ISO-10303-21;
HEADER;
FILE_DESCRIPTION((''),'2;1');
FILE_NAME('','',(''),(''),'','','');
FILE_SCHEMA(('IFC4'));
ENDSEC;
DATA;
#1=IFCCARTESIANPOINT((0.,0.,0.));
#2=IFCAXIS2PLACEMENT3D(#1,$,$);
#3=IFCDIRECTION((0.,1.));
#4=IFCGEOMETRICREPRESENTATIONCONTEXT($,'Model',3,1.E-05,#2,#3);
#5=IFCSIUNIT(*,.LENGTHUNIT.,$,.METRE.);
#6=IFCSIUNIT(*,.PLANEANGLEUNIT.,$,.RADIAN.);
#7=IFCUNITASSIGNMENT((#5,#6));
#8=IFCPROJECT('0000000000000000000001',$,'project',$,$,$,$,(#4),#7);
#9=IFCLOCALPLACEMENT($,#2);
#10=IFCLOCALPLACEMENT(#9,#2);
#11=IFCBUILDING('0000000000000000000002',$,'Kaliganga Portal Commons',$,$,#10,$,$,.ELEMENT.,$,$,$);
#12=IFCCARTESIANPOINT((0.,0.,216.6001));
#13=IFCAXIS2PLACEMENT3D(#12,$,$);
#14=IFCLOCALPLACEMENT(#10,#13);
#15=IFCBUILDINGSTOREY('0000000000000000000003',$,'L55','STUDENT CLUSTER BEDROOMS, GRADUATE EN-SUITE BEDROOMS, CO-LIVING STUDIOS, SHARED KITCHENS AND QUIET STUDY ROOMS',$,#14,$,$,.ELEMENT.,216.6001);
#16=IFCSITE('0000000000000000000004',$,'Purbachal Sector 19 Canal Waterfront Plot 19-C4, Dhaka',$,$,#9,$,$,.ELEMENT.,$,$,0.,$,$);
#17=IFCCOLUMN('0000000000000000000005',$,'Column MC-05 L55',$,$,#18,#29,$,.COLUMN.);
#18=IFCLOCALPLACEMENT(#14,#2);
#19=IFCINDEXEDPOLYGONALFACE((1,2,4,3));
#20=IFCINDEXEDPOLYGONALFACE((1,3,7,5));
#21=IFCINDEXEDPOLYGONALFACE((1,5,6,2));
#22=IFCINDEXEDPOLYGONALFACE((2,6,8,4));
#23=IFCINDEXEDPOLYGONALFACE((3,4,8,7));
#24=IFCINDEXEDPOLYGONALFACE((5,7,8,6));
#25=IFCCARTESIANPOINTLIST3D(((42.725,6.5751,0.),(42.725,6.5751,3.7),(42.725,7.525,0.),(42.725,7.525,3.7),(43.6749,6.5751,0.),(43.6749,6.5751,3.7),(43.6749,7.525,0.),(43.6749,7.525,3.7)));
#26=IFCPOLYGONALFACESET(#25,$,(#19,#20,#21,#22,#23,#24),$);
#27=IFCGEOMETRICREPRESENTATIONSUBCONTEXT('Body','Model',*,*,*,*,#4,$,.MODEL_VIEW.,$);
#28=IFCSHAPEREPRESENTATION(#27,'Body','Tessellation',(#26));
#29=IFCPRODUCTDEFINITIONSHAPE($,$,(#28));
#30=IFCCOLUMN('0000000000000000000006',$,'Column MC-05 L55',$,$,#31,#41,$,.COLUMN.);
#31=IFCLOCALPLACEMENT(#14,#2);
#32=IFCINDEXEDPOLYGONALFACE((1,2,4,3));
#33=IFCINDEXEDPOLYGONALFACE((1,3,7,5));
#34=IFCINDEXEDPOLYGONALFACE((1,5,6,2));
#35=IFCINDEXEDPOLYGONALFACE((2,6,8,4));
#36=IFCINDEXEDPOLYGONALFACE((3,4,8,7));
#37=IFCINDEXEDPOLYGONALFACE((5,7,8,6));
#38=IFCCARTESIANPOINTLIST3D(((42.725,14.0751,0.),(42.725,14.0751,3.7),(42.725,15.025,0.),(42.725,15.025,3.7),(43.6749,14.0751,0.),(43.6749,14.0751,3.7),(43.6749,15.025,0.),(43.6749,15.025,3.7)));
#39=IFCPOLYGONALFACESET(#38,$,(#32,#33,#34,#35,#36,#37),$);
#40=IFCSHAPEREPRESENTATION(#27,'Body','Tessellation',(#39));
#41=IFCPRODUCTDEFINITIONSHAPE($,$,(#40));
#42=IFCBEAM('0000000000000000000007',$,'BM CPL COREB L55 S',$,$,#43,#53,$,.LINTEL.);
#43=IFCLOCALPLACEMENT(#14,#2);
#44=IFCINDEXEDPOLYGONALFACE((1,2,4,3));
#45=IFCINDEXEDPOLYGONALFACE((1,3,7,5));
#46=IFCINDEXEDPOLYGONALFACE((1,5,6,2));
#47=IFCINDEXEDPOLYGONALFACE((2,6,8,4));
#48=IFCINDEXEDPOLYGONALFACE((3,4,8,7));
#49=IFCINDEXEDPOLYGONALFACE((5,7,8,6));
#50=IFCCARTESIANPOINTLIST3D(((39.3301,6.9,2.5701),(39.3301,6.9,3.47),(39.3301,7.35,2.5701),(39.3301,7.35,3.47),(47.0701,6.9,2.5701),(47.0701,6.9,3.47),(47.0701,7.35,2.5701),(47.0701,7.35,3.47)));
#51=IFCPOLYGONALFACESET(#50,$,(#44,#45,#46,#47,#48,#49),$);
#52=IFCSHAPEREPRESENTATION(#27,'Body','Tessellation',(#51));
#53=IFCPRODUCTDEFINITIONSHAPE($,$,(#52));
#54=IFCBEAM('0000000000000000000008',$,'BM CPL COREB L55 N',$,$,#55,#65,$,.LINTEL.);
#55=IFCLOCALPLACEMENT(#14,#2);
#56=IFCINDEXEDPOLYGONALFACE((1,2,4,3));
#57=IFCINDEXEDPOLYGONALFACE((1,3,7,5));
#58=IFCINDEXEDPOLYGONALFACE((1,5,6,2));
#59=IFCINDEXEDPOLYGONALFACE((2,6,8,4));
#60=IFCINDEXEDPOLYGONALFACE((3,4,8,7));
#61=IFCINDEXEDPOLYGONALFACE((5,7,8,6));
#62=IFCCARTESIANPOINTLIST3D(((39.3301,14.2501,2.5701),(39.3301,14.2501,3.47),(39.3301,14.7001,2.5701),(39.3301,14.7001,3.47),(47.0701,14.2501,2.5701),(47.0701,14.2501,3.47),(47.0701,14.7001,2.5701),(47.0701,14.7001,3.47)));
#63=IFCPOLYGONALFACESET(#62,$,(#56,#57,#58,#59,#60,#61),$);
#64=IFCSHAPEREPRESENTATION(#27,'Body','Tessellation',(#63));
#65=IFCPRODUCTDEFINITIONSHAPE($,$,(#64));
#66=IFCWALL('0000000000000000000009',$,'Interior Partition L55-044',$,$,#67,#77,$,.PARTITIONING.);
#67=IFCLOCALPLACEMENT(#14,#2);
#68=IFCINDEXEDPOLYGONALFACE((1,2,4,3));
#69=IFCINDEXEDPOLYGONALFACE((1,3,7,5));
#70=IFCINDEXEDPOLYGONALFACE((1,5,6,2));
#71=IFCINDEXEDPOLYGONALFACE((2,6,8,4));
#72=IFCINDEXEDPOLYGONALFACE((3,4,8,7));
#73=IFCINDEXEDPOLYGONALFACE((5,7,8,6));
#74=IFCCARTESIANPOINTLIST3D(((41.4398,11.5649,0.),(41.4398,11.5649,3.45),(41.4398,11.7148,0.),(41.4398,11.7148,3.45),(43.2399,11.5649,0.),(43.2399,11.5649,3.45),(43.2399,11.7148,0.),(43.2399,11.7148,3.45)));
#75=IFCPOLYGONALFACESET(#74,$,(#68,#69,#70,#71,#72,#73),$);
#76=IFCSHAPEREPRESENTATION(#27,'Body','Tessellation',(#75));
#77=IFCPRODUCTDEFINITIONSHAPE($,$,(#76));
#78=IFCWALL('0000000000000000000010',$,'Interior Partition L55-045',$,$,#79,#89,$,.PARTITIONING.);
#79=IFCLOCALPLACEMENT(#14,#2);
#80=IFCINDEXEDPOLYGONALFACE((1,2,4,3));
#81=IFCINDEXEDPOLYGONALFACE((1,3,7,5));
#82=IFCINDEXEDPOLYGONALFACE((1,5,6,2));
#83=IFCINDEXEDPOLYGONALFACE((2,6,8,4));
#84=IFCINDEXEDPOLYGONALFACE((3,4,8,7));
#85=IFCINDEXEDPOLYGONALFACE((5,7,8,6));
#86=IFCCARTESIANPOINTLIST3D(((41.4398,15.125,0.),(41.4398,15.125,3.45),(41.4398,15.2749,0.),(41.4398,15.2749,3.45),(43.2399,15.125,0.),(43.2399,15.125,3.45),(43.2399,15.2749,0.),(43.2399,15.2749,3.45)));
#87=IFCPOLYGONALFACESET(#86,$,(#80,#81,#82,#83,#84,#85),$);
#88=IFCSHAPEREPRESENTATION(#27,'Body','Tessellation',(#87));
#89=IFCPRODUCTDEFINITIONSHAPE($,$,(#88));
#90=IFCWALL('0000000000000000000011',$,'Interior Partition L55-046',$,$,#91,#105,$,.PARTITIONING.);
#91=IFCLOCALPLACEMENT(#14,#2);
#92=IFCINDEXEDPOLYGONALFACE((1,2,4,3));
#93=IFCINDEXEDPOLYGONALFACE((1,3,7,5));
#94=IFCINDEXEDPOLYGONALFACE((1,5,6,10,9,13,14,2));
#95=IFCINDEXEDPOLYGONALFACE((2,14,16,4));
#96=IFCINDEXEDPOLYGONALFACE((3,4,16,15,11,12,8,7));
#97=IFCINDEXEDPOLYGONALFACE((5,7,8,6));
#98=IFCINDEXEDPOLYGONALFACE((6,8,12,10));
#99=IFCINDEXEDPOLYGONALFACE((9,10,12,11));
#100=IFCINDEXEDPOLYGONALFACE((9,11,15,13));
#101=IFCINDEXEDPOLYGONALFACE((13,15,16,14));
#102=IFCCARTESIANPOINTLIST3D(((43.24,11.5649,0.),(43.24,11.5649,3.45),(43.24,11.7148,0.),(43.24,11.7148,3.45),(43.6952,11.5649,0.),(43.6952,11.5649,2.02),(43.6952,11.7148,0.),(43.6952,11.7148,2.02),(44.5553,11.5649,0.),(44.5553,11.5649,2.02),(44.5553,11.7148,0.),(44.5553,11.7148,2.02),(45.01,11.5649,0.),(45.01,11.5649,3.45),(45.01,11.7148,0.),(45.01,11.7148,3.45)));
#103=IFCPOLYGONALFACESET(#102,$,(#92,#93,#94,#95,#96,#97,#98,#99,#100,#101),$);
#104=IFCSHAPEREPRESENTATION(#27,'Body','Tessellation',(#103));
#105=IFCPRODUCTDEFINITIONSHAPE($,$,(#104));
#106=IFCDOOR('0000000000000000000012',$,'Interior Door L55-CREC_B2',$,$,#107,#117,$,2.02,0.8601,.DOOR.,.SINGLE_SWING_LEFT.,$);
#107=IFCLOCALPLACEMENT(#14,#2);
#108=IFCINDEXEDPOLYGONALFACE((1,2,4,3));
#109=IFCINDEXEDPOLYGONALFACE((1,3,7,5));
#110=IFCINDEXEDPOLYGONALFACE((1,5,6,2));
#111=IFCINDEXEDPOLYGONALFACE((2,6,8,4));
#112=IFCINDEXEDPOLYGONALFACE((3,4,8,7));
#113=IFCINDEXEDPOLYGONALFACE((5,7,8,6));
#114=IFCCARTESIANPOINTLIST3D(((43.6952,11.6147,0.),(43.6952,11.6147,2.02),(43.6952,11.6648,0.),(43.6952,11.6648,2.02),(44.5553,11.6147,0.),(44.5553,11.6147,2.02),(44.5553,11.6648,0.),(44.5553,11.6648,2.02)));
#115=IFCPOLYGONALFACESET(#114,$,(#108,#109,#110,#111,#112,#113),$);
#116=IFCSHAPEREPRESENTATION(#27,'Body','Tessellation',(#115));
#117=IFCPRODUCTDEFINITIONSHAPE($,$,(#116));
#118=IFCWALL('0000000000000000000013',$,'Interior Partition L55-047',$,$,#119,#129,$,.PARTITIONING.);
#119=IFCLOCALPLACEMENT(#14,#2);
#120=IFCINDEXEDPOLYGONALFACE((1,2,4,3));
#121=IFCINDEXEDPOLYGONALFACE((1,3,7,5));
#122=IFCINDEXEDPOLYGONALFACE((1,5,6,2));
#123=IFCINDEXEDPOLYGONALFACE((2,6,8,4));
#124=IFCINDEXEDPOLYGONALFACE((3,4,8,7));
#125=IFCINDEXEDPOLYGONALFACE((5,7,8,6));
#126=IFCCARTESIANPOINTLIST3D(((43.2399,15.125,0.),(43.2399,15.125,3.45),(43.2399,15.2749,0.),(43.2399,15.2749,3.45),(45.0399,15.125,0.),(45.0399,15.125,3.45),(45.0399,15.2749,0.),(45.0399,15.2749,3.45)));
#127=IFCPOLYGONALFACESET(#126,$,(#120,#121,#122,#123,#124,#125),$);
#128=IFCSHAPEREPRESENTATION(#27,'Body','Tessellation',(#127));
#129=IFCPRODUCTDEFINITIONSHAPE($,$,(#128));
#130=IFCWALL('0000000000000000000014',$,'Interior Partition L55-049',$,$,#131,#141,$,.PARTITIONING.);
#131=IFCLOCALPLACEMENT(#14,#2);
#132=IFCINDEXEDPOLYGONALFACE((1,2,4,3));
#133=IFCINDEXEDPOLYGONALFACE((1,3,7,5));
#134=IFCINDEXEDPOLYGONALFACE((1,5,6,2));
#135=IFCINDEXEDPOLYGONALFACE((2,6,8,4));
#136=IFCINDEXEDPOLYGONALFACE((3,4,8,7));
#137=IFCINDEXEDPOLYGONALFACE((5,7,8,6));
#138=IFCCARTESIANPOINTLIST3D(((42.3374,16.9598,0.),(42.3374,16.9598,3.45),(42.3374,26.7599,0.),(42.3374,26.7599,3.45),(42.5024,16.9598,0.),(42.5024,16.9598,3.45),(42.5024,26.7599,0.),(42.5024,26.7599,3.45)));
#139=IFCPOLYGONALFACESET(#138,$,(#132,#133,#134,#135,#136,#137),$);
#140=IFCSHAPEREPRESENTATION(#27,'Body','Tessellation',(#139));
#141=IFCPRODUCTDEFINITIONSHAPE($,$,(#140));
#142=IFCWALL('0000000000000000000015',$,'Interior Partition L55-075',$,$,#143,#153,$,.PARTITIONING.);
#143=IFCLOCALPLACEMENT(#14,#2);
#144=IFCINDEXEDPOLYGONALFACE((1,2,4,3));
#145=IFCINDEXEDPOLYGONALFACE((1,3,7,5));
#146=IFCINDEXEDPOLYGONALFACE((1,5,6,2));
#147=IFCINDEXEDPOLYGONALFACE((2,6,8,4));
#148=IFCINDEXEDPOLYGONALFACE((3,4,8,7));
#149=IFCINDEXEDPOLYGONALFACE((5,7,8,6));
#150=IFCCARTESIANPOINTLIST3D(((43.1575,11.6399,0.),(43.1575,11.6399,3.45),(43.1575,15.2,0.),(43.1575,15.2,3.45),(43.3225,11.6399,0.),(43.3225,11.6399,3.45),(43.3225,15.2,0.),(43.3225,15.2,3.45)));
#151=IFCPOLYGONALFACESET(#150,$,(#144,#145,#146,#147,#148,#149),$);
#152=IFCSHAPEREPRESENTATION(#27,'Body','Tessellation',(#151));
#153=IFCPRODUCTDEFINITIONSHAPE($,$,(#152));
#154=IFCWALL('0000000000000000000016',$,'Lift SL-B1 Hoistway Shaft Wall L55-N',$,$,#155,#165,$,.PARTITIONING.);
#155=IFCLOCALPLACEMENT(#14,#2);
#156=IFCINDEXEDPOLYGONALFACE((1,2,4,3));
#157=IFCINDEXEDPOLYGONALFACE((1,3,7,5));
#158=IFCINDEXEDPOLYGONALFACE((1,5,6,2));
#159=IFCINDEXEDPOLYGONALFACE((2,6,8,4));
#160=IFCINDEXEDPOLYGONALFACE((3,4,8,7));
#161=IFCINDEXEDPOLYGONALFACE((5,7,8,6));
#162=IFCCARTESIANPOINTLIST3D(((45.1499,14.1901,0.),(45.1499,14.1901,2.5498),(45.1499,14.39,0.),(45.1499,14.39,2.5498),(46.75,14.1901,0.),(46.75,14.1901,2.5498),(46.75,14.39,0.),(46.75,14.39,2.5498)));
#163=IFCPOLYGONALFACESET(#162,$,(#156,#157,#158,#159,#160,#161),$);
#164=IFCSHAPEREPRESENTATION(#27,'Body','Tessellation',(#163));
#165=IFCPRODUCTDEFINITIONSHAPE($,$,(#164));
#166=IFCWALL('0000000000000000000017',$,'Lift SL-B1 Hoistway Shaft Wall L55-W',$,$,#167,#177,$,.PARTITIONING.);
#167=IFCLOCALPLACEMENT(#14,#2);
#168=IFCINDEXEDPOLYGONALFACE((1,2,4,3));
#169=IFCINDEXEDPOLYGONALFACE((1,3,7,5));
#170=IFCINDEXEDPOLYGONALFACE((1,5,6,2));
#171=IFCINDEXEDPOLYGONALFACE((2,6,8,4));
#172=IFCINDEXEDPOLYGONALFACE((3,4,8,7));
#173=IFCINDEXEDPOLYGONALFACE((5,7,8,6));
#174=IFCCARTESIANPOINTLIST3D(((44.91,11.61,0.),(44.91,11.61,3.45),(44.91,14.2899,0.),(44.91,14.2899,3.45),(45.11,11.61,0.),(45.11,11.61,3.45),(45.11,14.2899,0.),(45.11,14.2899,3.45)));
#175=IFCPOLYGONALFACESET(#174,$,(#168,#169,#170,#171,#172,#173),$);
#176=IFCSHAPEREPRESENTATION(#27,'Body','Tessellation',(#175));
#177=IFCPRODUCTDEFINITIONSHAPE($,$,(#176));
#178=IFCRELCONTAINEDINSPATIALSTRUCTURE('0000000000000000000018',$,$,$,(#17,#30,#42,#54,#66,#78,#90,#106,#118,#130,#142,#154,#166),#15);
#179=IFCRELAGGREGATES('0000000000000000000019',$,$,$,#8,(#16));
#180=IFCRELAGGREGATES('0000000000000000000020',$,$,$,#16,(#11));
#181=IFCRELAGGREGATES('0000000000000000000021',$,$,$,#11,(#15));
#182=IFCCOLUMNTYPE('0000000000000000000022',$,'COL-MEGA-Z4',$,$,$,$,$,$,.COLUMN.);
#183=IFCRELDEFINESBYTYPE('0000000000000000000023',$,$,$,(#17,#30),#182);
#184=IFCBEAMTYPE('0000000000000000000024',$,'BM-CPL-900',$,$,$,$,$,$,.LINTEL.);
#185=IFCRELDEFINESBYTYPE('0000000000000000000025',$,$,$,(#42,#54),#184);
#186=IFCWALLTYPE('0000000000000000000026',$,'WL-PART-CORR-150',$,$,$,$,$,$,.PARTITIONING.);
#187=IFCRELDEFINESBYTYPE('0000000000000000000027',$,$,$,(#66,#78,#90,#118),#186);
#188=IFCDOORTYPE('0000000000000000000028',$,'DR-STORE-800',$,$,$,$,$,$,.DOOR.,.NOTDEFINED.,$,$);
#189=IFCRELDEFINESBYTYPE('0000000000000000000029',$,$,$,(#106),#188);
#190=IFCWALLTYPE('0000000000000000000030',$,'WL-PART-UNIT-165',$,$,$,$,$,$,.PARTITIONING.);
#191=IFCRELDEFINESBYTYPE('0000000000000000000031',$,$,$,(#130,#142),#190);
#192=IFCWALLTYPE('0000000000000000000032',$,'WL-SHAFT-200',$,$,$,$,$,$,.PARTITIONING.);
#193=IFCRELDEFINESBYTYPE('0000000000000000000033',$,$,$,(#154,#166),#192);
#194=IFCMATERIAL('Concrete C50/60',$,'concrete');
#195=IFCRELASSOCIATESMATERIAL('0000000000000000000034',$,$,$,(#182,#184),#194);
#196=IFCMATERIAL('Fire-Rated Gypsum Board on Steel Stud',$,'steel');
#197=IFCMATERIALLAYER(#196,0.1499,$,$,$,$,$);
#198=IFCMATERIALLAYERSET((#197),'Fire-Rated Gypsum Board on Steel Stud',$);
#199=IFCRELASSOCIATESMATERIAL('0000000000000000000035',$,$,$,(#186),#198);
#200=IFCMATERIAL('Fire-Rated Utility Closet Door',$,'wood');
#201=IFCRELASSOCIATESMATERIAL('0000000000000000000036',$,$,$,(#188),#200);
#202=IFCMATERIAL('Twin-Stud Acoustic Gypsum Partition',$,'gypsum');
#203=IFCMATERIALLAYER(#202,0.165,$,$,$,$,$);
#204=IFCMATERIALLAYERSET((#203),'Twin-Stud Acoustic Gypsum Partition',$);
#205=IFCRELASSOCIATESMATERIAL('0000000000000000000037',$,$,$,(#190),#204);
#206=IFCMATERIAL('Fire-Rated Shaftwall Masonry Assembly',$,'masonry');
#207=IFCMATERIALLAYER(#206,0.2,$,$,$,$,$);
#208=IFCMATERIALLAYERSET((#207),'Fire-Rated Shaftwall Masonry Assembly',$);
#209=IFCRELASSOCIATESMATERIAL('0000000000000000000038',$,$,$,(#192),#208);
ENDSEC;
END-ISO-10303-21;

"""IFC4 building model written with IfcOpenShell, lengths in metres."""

from ifc_helpers import new_model, si_unit, direction, frame, frame_2d, origin, origin_2d, place, context, subcontext, project, spatial, rectangle, extrude, source, transform, mapped, material, layer, layer_set, material_profile, profile_set, type_object, element, fill, save


model = new_model("IFC4")

# Units and contexts
model_context = context("Model", 3, precision=1e-05, world=origin(), true_north=direction((0.0, 1.0)))
body_context = subcontext(model_context, "Body", "Model", "MODEL_VIEW")
ifc_project = project(units=[si_unit("LENGTHUNIT", "METRE"), si_unit("PLANEANGLEUNIT", "RADIAN")], contexts=[model_context])

# Site, building, storey
site_placement = place(None, origin())
site = spatial("IfcSite", under=ifc_project, at=site_placement, Name="Purbachal Sector 19 Canal Waterfront Plot 19-C4, Dhaka", CompositionType="ELEMENT", RefElevation=0.0)
building_placement = place(site_placement, origin())
building = spatial("IfcBuilding", under=site, at=building_placement, Name="Kaliganga Portal Commons", CompositionType="ELEMENT")
storey_placement = place(building_placement, frame((0.0, 0.0, 216.6001)))
storey = spatial("IfcBuildingStorey", under=building, at=storey_placement, Name="L55", Description="STUDENT CLUSTER BEDROOMS, GRADUATE EN-SUITE BEDROOMS, CO-LIVING STUDIOS, SHARED KITCHENS AND QUIET STUDY ROOMS", CompositionType="ELEMENT", Elevation=216.6001)

# Columns
ifc_material_1 = material(Name="Concrete C50/60", Category="concrete")
ifc_material_profile_1 = material_profile(ifc_material_1, rectangle(XDim=0.95, YDim=0.95, at=origin_2d()), Name="RC 950x950")
ifc_profile_set_1 = profile_set([ifc_material_profile_1], Name="Concrete C50/60")
column_type = type_object("IfcColumnType", Name="COL-MEGA-Z4", PredefinedType="COLUMN", material=ifc_profile_set_1)
shared_shape_1 = source(origin(), body_context, "Body", "SweptSolid", [
    extrude(rectangle(XDim=0.95, YDim=0.95, at=origin_2d()), origin(), (0.0, 0.0, 1.0), 3.7),
])
for number, where, z_axis, x_axis, name in (
    (1, (43.2, 7.05, 0.0), (0.0, 0.0, 1.0), (1.0, 0.0, 0.0), "Column MC-05 L55"),
    (2, (43.2, 14.55, 0.0), (0.0, 0.0, 1.0), (1.0, 0.0, 0.0), "Column MC-05 L55"),
):
    element("IfcColumn", number, at=place(storey_placement, frame(where, z_axis=z_axis, x_axis=x_axis)), inside=storey, type_object=column_type, Name=name, PredefinedType="COLUMN", context=body_context, shape_type="MappedRepresentation", body=[
        mapped(shared_shape_1, transform((0.0, 0.0, 0.0), x_axis=(1.0, 0.0, 0.0), y_axis=(0.0, 1.0, 0.0), z_axis=(0.0, 0.0, 1.0), scale=1.0)),
    ])

# Beams
ifc_material_profile_2 = material_profile(ifc_material_1, rectangle(XDim=0.45, YDim=0.8999, at=origin_2d()), Name="RC 450x900")
ifc_profile_set_2 = profile_set([ifc_material_profile_2], Name="Concrete C50/60")
beam_type = type_object("IfcBeamType", Name="BM-CPL-900", PredefinedType="LINTEL", material=ifc_profile_set_2)
shared_shape_2 = source(origin(), body_context, "Body", "SweptSolid", [
    extrude(rectangle(XDim=0.45, YDim=0.8999, at=origin_2d()), origin(), (0.0, 0.0, 1.0), 7.74),
])
for number, where, z_axis, x_axis, name in (
    (3, (39.3301, 7.125, 3.02), (1.0, 0.0, 0.0), (0.0, 1.0, 0.0), "BM CPL COREB L55 S"),
    (4, (39.3301, 14.4751, 3.02), (1.0, 0.0, 0.0), (0.0, 1.0, 0.0), "BM CPL COREB L55 N"),
):
    element("IfcBeam", number, at=place(storey_placement, frame(where, z_axis=z_axis, x_axis=x_axis)), inside=storey, type_object=beam_type, Name=name, PredefinedType="LINTEL", context=body_context, shape_type="MappedRepresentation", body=[
        mapped(shared_shape_2, transform((0.0, 0.0, 0.0), x_axis=(1.0, 0.0, 0.0), y_axis=(0.0, 1.0, 0.0), z_axis=(0.0, 0.0, 1.0), scale=1.0)),
    ])

# Shared definitions
ifc_material_2 = material(Name="Fire-Rated Gypsum Board on Steel Stud", Category="steel")
ifc_layer_1 = layer(ifc_material_2, 0.1499)
ifc_layer_set_1 = layer_set([ifc_layer_1], Name="Fire-Rated Gypsum Board on Steel Stud")
wall_type_1 = type_object("IfcWallType", Name="WL-PART-CORR-150", PredefinedType="PARTITIONING", material=ifc_layer_set_1)

# Walls
for number, where, z_axis, x_axis, name in (
    (5, (41.4399, 11.6399, 0.0), (0.0, 0.0, 1.0), (1.0, 0.0, 0.0), "Interior Partition L55-044"),
    (6, (41.4399, 15.2, 0.0), (0.0, 0.0, 1.0), (1.0, 0.0, 0.0), "Interior Partition L55-045"),
):
    element("IfcWall", number, at=place(storey_placement, frame(where, z_axis=z_axis, x_axis=x_axis)), inside=storey, type_object=wall_type_1, Name=name, PredefinedType="PARTITIONING", context=body_context, shape_type="SweptSolid", body=[
        extrude(rectangle(XDim=1.8, YDim=0.1499, at=frame_2d((0.8999, 0.0))), origin(), (0.0, 0.0, 1.0), 3.45),
    ])

# Wall, opening, door
wall_1_placement = place(storey_placement, frame((43.24, 11.6399, 0.0), z_axis=(0.0, 0.0, 1.0), x_axis=(1.0, 0.0, 0.0)))
wall_1 = element("IfcWall", 7, at=wall_1_placement, inside=storey, type_object=wall_type_1, Name="Interior Partition L55-046", PredefinedType="PARTITIONING", context=body_context, shape_type="SweptSolid", body=[
    extrude(rectangle(XDim=1.77, YDim=0.1499, at=frame_2d((0.885, 0.0))), origin(), (0.0, 0.0, 1.0), 3.45),
])
opening_1_placement = place(wall_1_placement, frame((0.4551, 0.0, 0.0)))
opening_1 = element("IfcOpeningElement", 8, at=opening_1_placement, cuts=wall_1, PredefinedType="OPENING", context=body_context, shape_type="SweptSolid", body=[
    extrude(rectangle(XDim=0.8601, YDim=2.02, at=frame_2d((0.4302, 1.01))), frame((0.0, 0.085, 0.0), z_axis=(0.0, -1.0, 0.0), x_axis=(1.0, 0.0, 0.0)), (0.0, 0.0, 1.0), 0.1699),
])
ifc_material_3 = material(Name="Fire-Rated Utility Closet Door", Category="wood")
door_type_1 = type_object("IfcDoorType", Name="DR-STORE-800", OperationType="NOTDEFINED", PredefinedType="DOOR", material=ifc_material_3)
door_1_placement = place(opening_1_placement, origin())
door_1 = element("IfcDoor", 9, at=door_1_placement, inside=storey, type_object=door_type_1, Name="Interior Door L55-CREC_B2", OperationType="SINGLE_SWING_LEFT", OverallHeight=2.02, OverallWidth=0.8601, PredefinedType="DOOR", context=body_context, shape_type="SweptSolid", body=[
    extrude(rectangle(XDim=0.8601, YDim=2.02, at=frame_2d((0.4302, 1.01))), frame((0.0, 0.0249, 0.0), z_axis=(0.0, -1.0, 0.0), x_axis=(1.0, 0.0, 0.0)), (0.0, 0.0, 1.0), 0.05),
])
fill(opening_1, door_1)

# Walls
wall_2_placement = place(storey_placement, frame((43.24, 15.2, 0.0), z_axis=(0.0, 0.0, 1.0), x_axis=(1.0, 0.0, 0.0)))
element("IfcWall", 10, at=wall_2_placement, inside=storey, type_object=wall_type_1, Name="Interior Partition L55-047", PredefinedType="PARTITIONING", context=body_context, shape_type="SweptSolid", body=[
    extrude(rectangle(XDim=1.8, YDim=0.1499, at=frame_2d((0.8999, 0.0))), origin(), (0.0, 0.0, 1.0), 3.45),
])
ifc_material_4 = material(Name="Twin-Stud Acoustic Gypsum Partition", Category="gypsum")
ifc_layer_2 = layer(ifc_material_4, 0.165)
ifc_layer_set_2 = layer_set([ifc_layer_2], Name="Twin-Stud Acoustic Gypsum Partition")
wall_type_2 = type_object("IfcWallType", Name="WL-PART-UNIT-165", PredefinedType="PARTITIONING", material=ifc_layer_set_2)
wall_3_placement = place(storey_placement, frame((42.4199, 16.96, 0.0), z_axis=(0.0, 0.0, 1.0), x_axis=(0.0, 1.0, 0.0)))
element("IfcWall", 11, at=wall_3_placement, inside=storey, type_object=wall_type_2, Name="Interior Partition L55-049", PredefinedType="PARTITIONING", context=body_context, shape_type="SweptSolid", body=[
    extrude(rectangle(XDim=9.8, YDim=0.165, at=frame_2d((4.8999, 0.0))), origin(), (0.0, 0.0, 1.0), 3.45),
])
wall_4_placement = place(storey_placement, frame((43.24, 11.6399, 0.0), z_axis=(0.0, 0.0, 1.0), x_axis=(0.0, 1.0, 0.0)))
element("IfcWall", 12, at=wall_4_placement, inside=storey, type_object=wall_type_2, Name="Interior Partition L55-075", PredefinedType="PARTITIONING", context=body_context, shape_type="SweptSolid", body=[
    extrude(rectangle(XDim=3.5601, YDim=0.165, at=frame_2d((1.78, 0.0))), origin(), (0.0, 0.0, 1.0), 3.45),
])

# Shared definitions
ifc_material_5 = material(Name="Fire-Rated Shaftwall Masonry Assembly", Category="masonry")
ifc_layer_3 = layer(ifc_material_5, 0.2)
ifc_layer_set_3 = layer_set([ifc_layer_3], Name="Fire-Rated Shaftwall Masonry Assembly")
wall_type_3 = type_object("IfcWallType", Name="WL-SHAFT-200", PredefinedType="PARTITIONING", material=ifc_layer_set_3)

# Walls
wall_5_placement = place(storey_placement, frame((45.1499, 14.29, 0.0), z_axis=(0.0, 0.0, 1.0), x_axis=(1.0, 0.0, 0.0)))
element("IfcWall", 13, at=wall_5_placement, inside=storey, type_object=wall_type_3, Name="Lift SL-B1 Hoistway Shaft Wall L55-N", PredefinedType="PARTITIONING", context=body_context, shape_type="SweptSolid", body=[
    extrude(rectangle(XDim=1.6001, YDim=0.2, at=frame_2d((0.8, 0.0))), origin(), (0.0, 0.0, 1.0), 2.5498),
])
wall_6_placement = place(storey_placement, frame((45.01, 11.6101, 0.0), z_axis=(0.0, 0.0, 1.0), x_axis=(0.0, 1.0, 0.0)))
element("IfcWall", 14, at=wall_6_placement, inside=storey, type_object=wall_type_3, Name="Lift SL-B1 Hoistway Shaft Wall L55-W", PredefinedType="PARTITIONING", context=body_context, shape_type="SweptSolid", body=[
    extrude(rectangle(XDim=2.6799, YDim=0.2, at=frame_2d((1.3398, 0.0))), origin(), (0.0, 0.0, 1.0), 3.45),
])

save(model, "model.ifc")
